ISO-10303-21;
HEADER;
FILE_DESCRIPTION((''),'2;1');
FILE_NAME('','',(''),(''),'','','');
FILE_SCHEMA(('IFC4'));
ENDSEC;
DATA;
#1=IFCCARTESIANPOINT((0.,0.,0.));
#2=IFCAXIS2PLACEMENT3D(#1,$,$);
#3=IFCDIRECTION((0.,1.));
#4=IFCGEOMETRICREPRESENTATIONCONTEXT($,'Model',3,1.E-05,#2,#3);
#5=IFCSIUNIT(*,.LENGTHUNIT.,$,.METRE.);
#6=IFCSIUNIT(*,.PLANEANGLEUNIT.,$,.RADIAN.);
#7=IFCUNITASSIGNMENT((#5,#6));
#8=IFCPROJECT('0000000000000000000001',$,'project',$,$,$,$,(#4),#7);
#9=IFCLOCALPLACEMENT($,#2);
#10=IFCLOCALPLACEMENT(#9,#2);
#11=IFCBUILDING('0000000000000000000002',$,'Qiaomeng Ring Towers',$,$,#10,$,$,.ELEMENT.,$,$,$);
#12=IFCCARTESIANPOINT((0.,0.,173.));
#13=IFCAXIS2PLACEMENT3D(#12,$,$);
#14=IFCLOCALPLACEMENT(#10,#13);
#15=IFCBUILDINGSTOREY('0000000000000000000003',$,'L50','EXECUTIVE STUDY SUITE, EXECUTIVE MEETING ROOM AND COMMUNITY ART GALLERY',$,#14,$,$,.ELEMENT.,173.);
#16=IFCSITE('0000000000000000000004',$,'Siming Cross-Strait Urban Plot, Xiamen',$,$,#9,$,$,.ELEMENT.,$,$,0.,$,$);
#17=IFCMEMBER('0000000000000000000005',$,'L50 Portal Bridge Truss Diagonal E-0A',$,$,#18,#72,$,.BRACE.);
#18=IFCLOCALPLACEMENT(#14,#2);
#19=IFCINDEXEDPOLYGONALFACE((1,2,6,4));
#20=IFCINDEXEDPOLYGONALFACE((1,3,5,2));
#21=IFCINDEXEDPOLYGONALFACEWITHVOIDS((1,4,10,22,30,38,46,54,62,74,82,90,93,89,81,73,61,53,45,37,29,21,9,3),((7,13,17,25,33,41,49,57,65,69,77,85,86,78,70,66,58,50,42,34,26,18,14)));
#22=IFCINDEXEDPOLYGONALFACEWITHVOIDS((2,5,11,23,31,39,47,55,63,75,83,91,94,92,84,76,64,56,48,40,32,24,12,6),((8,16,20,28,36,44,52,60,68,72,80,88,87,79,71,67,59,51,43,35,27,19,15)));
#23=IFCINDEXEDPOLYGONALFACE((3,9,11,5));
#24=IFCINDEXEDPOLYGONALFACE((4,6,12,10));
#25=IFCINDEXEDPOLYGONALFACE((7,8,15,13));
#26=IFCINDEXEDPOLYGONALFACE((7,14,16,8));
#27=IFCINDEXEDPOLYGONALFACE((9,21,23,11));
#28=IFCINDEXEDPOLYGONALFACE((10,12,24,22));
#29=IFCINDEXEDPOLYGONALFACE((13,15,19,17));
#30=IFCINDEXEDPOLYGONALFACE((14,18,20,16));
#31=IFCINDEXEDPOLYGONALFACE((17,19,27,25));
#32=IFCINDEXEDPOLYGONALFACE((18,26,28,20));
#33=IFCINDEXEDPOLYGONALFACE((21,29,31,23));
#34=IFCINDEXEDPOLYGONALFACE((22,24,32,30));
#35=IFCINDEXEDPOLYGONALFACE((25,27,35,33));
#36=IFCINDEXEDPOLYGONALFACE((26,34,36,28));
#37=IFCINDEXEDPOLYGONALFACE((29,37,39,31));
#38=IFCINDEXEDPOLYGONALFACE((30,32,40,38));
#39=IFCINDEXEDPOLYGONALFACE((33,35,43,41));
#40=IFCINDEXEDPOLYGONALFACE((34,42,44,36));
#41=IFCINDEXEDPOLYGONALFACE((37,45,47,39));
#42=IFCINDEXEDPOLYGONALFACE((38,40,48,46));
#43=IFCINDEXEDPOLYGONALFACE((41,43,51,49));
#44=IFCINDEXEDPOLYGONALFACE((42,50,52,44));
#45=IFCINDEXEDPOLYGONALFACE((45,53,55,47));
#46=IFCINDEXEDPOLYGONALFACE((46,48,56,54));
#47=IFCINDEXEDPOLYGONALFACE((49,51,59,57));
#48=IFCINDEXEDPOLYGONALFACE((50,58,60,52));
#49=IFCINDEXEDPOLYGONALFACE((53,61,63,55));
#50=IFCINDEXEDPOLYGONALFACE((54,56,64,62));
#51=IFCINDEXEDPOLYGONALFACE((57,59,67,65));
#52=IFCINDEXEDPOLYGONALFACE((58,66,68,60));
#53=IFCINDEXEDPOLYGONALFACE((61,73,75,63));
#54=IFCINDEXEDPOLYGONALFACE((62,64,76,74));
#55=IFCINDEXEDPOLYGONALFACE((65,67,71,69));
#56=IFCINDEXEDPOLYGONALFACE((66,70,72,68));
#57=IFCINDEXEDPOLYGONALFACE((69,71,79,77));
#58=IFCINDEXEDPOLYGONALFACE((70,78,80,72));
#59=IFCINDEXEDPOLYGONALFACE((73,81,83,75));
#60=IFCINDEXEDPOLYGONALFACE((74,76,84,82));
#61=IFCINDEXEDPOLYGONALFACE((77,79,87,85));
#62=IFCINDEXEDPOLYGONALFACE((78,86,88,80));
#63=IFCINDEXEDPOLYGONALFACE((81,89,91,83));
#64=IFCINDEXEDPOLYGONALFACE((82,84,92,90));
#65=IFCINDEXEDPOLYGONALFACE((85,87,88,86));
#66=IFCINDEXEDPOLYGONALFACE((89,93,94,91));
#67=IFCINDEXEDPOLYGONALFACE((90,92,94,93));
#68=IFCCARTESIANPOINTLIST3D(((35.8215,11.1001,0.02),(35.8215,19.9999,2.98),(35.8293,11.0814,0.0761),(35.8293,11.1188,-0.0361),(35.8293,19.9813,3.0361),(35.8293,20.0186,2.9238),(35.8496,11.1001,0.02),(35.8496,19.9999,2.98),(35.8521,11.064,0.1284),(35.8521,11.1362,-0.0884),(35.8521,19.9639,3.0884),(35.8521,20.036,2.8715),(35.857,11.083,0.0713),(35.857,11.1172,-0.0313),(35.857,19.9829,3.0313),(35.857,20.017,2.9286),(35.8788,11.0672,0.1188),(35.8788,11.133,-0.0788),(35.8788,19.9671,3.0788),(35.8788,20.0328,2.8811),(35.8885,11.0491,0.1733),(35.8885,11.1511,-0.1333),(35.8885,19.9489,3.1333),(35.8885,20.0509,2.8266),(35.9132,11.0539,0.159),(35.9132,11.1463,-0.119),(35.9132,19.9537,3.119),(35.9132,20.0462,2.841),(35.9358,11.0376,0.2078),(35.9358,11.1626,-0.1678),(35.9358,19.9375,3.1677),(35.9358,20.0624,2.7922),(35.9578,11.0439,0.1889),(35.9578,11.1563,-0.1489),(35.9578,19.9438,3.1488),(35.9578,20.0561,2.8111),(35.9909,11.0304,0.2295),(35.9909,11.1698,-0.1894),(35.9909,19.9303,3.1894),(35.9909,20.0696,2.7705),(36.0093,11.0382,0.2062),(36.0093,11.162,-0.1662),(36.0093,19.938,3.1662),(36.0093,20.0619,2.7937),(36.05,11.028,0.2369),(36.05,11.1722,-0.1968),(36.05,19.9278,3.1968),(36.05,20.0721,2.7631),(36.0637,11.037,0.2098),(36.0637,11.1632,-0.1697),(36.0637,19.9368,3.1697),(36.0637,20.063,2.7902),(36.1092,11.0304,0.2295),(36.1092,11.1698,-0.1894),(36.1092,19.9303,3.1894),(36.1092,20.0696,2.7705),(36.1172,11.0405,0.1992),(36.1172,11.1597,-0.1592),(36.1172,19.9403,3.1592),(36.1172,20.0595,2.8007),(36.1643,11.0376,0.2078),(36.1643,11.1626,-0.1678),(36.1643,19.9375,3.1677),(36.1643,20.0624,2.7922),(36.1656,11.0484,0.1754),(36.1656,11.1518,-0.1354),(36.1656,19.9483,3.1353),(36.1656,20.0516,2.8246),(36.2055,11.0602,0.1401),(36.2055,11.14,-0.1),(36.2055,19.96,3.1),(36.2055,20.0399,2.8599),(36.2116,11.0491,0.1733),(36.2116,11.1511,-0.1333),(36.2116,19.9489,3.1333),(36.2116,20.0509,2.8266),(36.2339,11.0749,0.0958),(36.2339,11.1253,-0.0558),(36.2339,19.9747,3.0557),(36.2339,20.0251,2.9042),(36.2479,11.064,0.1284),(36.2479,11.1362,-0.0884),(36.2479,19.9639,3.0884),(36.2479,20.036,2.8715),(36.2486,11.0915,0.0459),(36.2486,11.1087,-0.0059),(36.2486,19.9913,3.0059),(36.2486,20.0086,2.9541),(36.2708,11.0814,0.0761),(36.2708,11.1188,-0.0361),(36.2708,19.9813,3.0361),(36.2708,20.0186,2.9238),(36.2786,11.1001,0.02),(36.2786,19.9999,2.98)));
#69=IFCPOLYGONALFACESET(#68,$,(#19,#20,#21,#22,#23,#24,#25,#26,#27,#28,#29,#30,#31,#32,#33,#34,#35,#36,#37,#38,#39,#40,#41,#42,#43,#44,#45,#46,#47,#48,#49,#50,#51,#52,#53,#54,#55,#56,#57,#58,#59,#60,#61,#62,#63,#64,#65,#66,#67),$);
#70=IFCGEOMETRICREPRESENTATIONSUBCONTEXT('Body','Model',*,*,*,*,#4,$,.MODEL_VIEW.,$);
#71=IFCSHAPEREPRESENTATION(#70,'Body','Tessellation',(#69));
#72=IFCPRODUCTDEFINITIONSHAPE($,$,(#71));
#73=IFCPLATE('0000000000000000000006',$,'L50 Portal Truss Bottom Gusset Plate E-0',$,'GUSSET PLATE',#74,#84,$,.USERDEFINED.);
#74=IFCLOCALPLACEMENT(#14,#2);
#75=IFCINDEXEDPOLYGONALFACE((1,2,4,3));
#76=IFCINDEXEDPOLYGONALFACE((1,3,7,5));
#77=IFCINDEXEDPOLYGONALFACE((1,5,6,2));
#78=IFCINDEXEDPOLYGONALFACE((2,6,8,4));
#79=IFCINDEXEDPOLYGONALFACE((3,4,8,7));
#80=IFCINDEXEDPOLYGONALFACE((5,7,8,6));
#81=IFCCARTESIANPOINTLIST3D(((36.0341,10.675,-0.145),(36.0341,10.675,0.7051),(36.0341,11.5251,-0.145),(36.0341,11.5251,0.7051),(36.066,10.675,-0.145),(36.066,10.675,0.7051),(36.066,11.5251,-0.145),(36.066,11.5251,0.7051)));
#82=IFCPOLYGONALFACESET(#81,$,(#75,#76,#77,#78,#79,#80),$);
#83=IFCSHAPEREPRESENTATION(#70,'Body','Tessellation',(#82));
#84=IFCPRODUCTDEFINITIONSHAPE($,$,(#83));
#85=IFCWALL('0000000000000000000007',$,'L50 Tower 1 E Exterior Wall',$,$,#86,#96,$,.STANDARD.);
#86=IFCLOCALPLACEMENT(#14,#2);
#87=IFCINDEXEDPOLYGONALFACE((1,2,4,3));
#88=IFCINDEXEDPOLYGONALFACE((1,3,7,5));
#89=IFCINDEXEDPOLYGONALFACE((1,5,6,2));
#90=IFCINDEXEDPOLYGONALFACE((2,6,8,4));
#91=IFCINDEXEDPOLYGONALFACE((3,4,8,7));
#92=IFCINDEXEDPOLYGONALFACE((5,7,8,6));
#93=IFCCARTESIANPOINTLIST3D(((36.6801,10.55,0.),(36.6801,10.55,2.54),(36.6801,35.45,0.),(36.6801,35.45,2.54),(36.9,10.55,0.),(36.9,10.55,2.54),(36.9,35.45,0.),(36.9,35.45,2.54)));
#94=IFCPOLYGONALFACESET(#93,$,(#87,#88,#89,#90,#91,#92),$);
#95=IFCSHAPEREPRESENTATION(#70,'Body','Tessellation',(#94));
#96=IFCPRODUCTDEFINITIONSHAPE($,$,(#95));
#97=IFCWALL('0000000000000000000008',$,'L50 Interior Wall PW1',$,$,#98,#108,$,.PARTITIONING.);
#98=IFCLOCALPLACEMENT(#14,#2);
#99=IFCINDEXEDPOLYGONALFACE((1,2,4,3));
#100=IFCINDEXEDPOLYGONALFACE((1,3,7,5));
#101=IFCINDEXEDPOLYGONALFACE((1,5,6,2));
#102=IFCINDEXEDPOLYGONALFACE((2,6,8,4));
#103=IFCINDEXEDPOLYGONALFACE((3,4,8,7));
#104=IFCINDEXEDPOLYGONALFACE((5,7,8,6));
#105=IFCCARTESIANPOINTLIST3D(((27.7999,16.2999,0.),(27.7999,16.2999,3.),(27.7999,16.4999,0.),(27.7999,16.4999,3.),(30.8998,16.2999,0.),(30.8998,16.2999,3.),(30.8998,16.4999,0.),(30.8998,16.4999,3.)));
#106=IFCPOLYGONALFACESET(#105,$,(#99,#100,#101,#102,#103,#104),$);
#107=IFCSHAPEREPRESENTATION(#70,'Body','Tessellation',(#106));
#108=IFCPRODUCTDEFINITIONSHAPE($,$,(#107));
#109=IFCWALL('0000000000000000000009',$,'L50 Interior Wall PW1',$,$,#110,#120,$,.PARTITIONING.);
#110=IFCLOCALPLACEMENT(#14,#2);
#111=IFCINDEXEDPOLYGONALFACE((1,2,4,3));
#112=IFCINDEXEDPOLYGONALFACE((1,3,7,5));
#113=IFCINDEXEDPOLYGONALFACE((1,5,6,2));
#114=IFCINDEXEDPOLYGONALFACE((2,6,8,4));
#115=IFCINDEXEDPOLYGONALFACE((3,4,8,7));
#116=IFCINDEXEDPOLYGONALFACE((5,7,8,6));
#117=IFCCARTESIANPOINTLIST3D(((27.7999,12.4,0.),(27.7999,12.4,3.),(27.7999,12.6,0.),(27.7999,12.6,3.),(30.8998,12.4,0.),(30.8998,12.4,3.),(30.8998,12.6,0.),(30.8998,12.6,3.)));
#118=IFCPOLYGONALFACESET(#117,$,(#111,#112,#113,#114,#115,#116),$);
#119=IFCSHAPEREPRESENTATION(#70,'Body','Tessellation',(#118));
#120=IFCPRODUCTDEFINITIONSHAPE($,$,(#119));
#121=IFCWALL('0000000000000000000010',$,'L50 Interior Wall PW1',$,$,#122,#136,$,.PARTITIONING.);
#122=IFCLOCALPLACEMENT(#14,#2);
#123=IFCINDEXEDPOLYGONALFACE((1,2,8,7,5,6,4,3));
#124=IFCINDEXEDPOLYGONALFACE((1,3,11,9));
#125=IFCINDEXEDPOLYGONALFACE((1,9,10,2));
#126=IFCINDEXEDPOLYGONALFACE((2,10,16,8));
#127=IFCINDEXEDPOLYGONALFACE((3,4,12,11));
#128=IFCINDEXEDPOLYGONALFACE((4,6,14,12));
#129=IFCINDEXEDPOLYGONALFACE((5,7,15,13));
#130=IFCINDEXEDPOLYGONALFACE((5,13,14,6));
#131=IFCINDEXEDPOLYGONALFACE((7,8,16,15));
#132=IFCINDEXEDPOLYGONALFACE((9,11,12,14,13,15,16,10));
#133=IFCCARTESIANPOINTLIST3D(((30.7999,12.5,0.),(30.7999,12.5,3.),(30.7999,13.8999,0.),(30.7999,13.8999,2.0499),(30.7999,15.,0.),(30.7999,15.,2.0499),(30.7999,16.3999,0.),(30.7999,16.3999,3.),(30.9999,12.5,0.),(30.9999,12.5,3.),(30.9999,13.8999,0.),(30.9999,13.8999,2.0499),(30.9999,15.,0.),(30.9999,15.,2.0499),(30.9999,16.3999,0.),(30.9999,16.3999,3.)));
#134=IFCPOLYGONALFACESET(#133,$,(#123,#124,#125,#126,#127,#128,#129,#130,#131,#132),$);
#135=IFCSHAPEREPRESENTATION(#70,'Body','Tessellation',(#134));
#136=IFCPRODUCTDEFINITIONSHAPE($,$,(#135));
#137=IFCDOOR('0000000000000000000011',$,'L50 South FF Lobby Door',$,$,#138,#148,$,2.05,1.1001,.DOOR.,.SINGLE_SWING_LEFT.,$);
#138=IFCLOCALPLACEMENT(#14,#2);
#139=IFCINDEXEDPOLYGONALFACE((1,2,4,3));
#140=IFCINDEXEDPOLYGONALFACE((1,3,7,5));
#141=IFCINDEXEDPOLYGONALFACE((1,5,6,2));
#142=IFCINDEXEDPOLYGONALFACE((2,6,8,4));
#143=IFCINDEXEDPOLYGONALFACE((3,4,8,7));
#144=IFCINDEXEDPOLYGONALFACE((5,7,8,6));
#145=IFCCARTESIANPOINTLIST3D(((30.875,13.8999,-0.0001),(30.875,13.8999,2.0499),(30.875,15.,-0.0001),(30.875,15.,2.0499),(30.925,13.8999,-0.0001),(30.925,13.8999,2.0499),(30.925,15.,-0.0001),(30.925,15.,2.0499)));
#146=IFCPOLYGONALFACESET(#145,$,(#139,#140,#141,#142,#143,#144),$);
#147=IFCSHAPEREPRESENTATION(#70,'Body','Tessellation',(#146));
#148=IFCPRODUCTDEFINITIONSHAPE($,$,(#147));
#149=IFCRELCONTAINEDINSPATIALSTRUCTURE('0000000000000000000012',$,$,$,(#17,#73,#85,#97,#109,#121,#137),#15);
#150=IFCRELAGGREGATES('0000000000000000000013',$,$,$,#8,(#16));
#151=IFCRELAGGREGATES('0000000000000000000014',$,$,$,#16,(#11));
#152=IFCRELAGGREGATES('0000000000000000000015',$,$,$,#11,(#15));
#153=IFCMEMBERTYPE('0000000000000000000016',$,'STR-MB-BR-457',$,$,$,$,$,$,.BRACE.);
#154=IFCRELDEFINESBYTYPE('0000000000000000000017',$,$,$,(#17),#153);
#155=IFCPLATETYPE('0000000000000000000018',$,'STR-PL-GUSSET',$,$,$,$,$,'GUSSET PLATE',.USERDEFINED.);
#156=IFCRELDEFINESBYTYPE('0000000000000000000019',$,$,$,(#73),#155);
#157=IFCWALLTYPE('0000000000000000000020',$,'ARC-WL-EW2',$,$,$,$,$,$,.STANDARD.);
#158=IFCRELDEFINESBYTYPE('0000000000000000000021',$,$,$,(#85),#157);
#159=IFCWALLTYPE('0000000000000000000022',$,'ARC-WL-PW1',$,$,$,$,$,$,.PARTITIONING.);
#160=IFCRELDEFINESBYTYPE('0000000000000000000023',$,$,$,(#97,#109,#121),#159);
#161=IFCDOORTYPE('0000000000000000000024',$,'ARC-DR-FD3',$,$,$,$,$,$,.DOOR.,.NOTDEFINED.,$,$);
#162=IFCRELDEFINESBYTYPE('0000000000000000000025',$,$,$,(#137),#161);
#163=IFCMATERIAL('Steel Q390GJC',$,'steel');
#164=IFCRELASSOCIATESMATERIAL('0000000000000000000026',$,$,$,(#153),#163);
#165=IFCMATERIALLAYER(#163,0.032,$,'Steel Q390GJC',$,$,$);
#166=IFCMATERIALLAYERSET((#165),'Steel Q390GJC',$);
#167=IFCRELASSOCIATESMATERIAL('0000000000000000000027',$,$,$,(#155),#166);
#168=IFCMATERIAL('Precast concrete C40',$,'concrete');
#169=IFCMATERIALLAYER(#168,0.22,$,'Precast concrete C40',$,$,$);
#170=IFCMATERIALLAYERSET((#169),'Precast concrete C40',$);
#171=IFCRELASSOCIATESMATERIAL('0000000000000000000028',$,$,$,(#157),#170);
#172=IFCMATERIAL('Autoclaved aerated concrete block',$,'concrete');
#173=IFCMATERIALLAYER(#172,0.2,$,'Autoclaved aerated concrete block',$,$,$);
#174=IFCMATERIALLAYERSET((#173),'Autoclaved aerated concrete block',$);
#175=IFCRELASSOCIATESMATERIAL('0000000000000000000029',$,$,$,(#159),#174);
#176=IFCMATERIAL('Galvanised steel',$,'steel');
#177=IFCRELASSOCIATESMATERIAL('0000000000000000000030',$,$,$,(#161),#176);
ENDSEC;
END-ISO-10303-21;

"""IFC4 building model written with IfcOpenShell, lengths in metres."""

from ifc_helpers import new_model, si_unit, direction, frame, frame_2d, origin, origin_2d, place, context, subcontext, project, spatial, rectangle, hollow_circle, extrude, source, transform, mapped, material, layer, layer_set, material_profile, profile_set, type_object, element, fill, save


model = new_model("IFC4")

# Units and contexts
model_context = context("Model", 3, precision=1e-05, world=origin(), true_north=direction((0.0, 1.0)))
body_context = subcontext(model_context, "Body", "Model", "MODEL_VIEW")
ifc_project = project(units=[si_unit("LENGTHUNIT", "METRE"), si_unit("PLANEANGLEUNIT", "RADIAN")], contexts=[model_context])

# Site, building, storey
site_placement = place(None, origin())
site = spatial("IfcSite", under=ifc_project, at=site_placement, Name="Siming Cross-Strait Urban Plot, Xiamen", CompositionType="ELEMENT", RefElevation=0.0)
building_placement = place(site_placement, origin())
building = spatial("IfcBuilding", under=site, at=building_placement, Name="Qiaomeng Ring Towers", CompositionType="ELEMENT")
storey_placement = place(building_placement, frame((0.0, 0.0, 173.0)))
storey = spatial("IfcBuildingStorey", under=building, at=storey_placement, Name="L50", Description="EXECUTIVE STUDY SUITE, EXECUTIVE MEETING ROOM AND COMMUNITY ART GALLERY", CompositionType="ELEMENT", Elevation=173.0)

# Shared definitions
ifc_material_1 = material(Name="Steel Q390GJC", Category="steel")

# Member
ifc_material_profile_1 = material_profile(ifc_material_1, hollow_circle(Radius=0.2285, WallThickness=0.0281, at=origin_2d()), Name="CHS 457x28")
ifc_profile_set_1 = profile_set([ifc_material_profile_1], Name="Steel Q390GJC")
member_type = type_object("IfcMemberType", Name="STR-MB-BR-457", PredefinedType="BRACE", material=ifc_profile_set_1)
shared_shape_1 = source(origin(), body_context, "Body", "SweptSolid", [
    extrude(hollow_circle(Radius=0.2285, WallThickness=0.0281, at=origin_2d()), origin(), (0.0, 0.0, 1.0), 9.3792),
])
member_placement = place(storey_placement, frame((36.05, 11.1001, 0.02), z_axis=(0.0, 0.948897, 0.315587), x_axis=(-1.0, 0.0, 0.0)))
element("IfcMember", 1, at=member_placement, inside=storey, type_object=member_type, Name="L50 Portal Bridge Truss Diagonal E-0A", PredefinedType="BRACE", context=body_context, shape_type="MappedRepresentation", body=[
    mapped(shared_shape_1, transform((0.0, 0.0, 0.0), x_axis=(1.0, 0.0, 0.0), y_axis=(0.0, 1.0, 0.0), z_axis=(0.0, 0.0, 1.0), scale=1.0)),
])

# Plate
ifc_layer_1 = layer(ifc_material_1, 0.032, Name="Steel Q390GJC")
ifc_layer_set_1 = layer_set([ifc_layer_1], Name="Steel Q390GJC")
plate_type = type_object("IfcPlateType", Name="STR-PL-GUSSET", ElementType="GUSSET PLATE", PredefinedType="USERDEFINED", material=ifc_layer_set_1)
shared_shape_2 = source(origin(), body_context, "Body", "SweptSolid", [
    extrude(rectangle(XDim=0.032, YDim=0.8501, at=origin_2d()), origin(), (0.0, 0.0, 1.0), 0.8501),
])
plate_placement = place(storey_placement, frame((36.05, 11.1001, -0.145), z_axis=(0.0, 0.0, 1.0), x_axis=(1.0, 0.0, 0.0)))
element("IfcPlate", 2, at=plate_placement, inside=storey, type_object=plate_type, Name="L50 Portal Truss Bottom Gusset Plate E-0", ObjectType="GUSSET PLATE", PredefinedType="USERDEFINED", context=body_context, shape_type="MappedRepresentation", body=[
    mapped(shared_shape_2, transform((0.0, 0.0, 0.0), x_axis=(1.0, 0.0, 0.0), y_axis=(0.0, 1.0, 0.0), z_axis=(0.0, 0.0, 1.0), scale=1.0)),
])

# Walls
ifc_material_2 = material(Name="Precast concrete C40", Category="concrete")
ifc_layer_2 = layer(ifc_material_2, 0.22, Name="Precast concrete C40")
ifc_layer_set_2 = layer_set([ifc_layer_2], Name="Precast concrete C40")
wall_type_1 = type_object("IfcWallType", Name="ARC-WL-EW2", PredefinedType="STANDARD", material=ifc_layer_set_2)
wall_1_placement = place(storey_placement, frame((36.79, 10.55, 0.0), z_axis=(0.0, 0.0, 1.0), x_axis=(0.0, 1.0, 0.0)))
element("IfcWall", 3, at=wall_1_placement, inside=storey, type_object=wall_type_1, Name="L50 Tower 1 E Exterior Wall", PredefinedType="STANDARD", context=body_context, shape_type="SweptSolid", body=[
    extrude(rectangle(XDim=24.8999, YDim=0.22, at=frame_2d((12.45, 0.0))), origin(), (0.0, 0.0, 1.0), 2.54),
])
ifc_material_3 = material(Name="Autoclaved aerated concrete block", Category="concrete")
ifc_layer_3 = layer(ifc_material_3, 0.2, Name="Autoclaved aerated concrete block")
ifc_layer_set_3 = layer_set([ifc_layer_3], Name="Autoclaved aerated concrete block")
wall_type_2 = type_object("IfcWallType", Name="ARC-WL-PW1", PredefinedType="PARTITIONING", material=ifc_layer_set_3)
for number, where, z_axis, x_axis, name in (
    (4, (27.8, 16.3999, 0.0), (0.0, 0.0, 1.0), (1.0, 0.0, 0.0), "L50 Interior Wall PW1"),
    (5, (27.8, 12.5, 0.0), (0.0, 0.0, 1.0), (1.0, 0.0, 0.0), "L50 Interior Wall PW1"),
):
    element("IfcWall", number, at=place(storey_placement, frame(where, z_axis=z_axis, x_axis=x_axis)), inside=storey, type_object=wall_type_2, Name=name, PredefinedType="PARTITIONING", context=body_context, shape_type="SweptSolid", body=[
        extrude(rectangle(XDim=3.0999, YDim=0.2, at=frame_2d((1.5498, 0.0))), origin(), (0.0, 0.0, 1.0), 3.0),
    ])

# Wall, opening, door
wall_2_placement = place(storey_placement, frame((30.8999, 12.5, 0.0), z_axis=(0.0, 0.0, 1.0), x_axis=(0.0, 1.0, 0.0)))
wall_2 = element("IfcWall", 6, at=wall_2_placement, inside=storey, type_object=wall_type_2, Name="L50 Interior Wall PW1", PredefinedType="PARTITIONING", context=body_context, shape_type="SweptSolid", body=[
    extrude(rectangle(XDim=3.8999, YDim=0.2, at=frame_2d((1.95, 0.0))), origin(), (0.0, 0.0, 1.0), 3.0),
])
opening_1_placement = place(wall_2_placement, frame((1.3999, 0.0, 0.0)))
opening_1 = element("IfcOpeningElement", 7, at=opening_1_placement, cuts=wall_2, PredefinedType="OPENING", context=body_context, shape_type="SweptSolid", body=[
    extrude(rectangle(XDim=1.1001, YDim=2.05, at=frame_2d((0.55, 1.0249))), frame((0.0, 0.1099, 0.0), z_axis=(0.0, -1.0, 0.0), x_axis=(1.0, 0.0, 0.0)), (0.0, 0.0, 1.0), 0.22),
])
ifc_material_4 = material(Name="Galvanised steel", Category="steel")
door_type_1 = type_object("IfcDoorType", Name="ARC-DR-FD3", OperationType="NOTDEFINED", PredefinedType="DOOR", material=ifc_material_4)
shared_shape_3 = source(origin(), body_context, "Body", "SweptSolid", [
    extrude(rectangle(XDim=1.1001, YDim=2.05, at=frame_2d((0.55, 1.0249))), frame((0.0, 0.0249, 0.0), z_axis=(0.0, -1.0, 0.0), x_axis=(1.0, 0.0, 0.0)), (0.0, 0.0, 1.0), 0.05),
])
door_1_placement = place(opening_1_placement, origin())
door_1 = element("IfcDoor", 8, at=door_1_placement, inside=storey, type_object=door_type_1, Name="L50 South FF Lobby Door", OperationType="SINGLE_SWING_LEFT", OverallHeight=2.05, OverallWidth=1.1001, PredefinedType="DOOR", context=body_context, shape_type="MappedRepresentation", body=[
    mapped(shared_shape_3, transform((0.0, 0.0, 0.0), x_axis=(1.0, 0.0, 0.0), y_axis=(0.0, 1.0, 0.0), z_axis=(0.0, 0.0, 1.0), scale=1.0)),
])
fill(opening_1, door_1)

save(model, "model.ifc")
